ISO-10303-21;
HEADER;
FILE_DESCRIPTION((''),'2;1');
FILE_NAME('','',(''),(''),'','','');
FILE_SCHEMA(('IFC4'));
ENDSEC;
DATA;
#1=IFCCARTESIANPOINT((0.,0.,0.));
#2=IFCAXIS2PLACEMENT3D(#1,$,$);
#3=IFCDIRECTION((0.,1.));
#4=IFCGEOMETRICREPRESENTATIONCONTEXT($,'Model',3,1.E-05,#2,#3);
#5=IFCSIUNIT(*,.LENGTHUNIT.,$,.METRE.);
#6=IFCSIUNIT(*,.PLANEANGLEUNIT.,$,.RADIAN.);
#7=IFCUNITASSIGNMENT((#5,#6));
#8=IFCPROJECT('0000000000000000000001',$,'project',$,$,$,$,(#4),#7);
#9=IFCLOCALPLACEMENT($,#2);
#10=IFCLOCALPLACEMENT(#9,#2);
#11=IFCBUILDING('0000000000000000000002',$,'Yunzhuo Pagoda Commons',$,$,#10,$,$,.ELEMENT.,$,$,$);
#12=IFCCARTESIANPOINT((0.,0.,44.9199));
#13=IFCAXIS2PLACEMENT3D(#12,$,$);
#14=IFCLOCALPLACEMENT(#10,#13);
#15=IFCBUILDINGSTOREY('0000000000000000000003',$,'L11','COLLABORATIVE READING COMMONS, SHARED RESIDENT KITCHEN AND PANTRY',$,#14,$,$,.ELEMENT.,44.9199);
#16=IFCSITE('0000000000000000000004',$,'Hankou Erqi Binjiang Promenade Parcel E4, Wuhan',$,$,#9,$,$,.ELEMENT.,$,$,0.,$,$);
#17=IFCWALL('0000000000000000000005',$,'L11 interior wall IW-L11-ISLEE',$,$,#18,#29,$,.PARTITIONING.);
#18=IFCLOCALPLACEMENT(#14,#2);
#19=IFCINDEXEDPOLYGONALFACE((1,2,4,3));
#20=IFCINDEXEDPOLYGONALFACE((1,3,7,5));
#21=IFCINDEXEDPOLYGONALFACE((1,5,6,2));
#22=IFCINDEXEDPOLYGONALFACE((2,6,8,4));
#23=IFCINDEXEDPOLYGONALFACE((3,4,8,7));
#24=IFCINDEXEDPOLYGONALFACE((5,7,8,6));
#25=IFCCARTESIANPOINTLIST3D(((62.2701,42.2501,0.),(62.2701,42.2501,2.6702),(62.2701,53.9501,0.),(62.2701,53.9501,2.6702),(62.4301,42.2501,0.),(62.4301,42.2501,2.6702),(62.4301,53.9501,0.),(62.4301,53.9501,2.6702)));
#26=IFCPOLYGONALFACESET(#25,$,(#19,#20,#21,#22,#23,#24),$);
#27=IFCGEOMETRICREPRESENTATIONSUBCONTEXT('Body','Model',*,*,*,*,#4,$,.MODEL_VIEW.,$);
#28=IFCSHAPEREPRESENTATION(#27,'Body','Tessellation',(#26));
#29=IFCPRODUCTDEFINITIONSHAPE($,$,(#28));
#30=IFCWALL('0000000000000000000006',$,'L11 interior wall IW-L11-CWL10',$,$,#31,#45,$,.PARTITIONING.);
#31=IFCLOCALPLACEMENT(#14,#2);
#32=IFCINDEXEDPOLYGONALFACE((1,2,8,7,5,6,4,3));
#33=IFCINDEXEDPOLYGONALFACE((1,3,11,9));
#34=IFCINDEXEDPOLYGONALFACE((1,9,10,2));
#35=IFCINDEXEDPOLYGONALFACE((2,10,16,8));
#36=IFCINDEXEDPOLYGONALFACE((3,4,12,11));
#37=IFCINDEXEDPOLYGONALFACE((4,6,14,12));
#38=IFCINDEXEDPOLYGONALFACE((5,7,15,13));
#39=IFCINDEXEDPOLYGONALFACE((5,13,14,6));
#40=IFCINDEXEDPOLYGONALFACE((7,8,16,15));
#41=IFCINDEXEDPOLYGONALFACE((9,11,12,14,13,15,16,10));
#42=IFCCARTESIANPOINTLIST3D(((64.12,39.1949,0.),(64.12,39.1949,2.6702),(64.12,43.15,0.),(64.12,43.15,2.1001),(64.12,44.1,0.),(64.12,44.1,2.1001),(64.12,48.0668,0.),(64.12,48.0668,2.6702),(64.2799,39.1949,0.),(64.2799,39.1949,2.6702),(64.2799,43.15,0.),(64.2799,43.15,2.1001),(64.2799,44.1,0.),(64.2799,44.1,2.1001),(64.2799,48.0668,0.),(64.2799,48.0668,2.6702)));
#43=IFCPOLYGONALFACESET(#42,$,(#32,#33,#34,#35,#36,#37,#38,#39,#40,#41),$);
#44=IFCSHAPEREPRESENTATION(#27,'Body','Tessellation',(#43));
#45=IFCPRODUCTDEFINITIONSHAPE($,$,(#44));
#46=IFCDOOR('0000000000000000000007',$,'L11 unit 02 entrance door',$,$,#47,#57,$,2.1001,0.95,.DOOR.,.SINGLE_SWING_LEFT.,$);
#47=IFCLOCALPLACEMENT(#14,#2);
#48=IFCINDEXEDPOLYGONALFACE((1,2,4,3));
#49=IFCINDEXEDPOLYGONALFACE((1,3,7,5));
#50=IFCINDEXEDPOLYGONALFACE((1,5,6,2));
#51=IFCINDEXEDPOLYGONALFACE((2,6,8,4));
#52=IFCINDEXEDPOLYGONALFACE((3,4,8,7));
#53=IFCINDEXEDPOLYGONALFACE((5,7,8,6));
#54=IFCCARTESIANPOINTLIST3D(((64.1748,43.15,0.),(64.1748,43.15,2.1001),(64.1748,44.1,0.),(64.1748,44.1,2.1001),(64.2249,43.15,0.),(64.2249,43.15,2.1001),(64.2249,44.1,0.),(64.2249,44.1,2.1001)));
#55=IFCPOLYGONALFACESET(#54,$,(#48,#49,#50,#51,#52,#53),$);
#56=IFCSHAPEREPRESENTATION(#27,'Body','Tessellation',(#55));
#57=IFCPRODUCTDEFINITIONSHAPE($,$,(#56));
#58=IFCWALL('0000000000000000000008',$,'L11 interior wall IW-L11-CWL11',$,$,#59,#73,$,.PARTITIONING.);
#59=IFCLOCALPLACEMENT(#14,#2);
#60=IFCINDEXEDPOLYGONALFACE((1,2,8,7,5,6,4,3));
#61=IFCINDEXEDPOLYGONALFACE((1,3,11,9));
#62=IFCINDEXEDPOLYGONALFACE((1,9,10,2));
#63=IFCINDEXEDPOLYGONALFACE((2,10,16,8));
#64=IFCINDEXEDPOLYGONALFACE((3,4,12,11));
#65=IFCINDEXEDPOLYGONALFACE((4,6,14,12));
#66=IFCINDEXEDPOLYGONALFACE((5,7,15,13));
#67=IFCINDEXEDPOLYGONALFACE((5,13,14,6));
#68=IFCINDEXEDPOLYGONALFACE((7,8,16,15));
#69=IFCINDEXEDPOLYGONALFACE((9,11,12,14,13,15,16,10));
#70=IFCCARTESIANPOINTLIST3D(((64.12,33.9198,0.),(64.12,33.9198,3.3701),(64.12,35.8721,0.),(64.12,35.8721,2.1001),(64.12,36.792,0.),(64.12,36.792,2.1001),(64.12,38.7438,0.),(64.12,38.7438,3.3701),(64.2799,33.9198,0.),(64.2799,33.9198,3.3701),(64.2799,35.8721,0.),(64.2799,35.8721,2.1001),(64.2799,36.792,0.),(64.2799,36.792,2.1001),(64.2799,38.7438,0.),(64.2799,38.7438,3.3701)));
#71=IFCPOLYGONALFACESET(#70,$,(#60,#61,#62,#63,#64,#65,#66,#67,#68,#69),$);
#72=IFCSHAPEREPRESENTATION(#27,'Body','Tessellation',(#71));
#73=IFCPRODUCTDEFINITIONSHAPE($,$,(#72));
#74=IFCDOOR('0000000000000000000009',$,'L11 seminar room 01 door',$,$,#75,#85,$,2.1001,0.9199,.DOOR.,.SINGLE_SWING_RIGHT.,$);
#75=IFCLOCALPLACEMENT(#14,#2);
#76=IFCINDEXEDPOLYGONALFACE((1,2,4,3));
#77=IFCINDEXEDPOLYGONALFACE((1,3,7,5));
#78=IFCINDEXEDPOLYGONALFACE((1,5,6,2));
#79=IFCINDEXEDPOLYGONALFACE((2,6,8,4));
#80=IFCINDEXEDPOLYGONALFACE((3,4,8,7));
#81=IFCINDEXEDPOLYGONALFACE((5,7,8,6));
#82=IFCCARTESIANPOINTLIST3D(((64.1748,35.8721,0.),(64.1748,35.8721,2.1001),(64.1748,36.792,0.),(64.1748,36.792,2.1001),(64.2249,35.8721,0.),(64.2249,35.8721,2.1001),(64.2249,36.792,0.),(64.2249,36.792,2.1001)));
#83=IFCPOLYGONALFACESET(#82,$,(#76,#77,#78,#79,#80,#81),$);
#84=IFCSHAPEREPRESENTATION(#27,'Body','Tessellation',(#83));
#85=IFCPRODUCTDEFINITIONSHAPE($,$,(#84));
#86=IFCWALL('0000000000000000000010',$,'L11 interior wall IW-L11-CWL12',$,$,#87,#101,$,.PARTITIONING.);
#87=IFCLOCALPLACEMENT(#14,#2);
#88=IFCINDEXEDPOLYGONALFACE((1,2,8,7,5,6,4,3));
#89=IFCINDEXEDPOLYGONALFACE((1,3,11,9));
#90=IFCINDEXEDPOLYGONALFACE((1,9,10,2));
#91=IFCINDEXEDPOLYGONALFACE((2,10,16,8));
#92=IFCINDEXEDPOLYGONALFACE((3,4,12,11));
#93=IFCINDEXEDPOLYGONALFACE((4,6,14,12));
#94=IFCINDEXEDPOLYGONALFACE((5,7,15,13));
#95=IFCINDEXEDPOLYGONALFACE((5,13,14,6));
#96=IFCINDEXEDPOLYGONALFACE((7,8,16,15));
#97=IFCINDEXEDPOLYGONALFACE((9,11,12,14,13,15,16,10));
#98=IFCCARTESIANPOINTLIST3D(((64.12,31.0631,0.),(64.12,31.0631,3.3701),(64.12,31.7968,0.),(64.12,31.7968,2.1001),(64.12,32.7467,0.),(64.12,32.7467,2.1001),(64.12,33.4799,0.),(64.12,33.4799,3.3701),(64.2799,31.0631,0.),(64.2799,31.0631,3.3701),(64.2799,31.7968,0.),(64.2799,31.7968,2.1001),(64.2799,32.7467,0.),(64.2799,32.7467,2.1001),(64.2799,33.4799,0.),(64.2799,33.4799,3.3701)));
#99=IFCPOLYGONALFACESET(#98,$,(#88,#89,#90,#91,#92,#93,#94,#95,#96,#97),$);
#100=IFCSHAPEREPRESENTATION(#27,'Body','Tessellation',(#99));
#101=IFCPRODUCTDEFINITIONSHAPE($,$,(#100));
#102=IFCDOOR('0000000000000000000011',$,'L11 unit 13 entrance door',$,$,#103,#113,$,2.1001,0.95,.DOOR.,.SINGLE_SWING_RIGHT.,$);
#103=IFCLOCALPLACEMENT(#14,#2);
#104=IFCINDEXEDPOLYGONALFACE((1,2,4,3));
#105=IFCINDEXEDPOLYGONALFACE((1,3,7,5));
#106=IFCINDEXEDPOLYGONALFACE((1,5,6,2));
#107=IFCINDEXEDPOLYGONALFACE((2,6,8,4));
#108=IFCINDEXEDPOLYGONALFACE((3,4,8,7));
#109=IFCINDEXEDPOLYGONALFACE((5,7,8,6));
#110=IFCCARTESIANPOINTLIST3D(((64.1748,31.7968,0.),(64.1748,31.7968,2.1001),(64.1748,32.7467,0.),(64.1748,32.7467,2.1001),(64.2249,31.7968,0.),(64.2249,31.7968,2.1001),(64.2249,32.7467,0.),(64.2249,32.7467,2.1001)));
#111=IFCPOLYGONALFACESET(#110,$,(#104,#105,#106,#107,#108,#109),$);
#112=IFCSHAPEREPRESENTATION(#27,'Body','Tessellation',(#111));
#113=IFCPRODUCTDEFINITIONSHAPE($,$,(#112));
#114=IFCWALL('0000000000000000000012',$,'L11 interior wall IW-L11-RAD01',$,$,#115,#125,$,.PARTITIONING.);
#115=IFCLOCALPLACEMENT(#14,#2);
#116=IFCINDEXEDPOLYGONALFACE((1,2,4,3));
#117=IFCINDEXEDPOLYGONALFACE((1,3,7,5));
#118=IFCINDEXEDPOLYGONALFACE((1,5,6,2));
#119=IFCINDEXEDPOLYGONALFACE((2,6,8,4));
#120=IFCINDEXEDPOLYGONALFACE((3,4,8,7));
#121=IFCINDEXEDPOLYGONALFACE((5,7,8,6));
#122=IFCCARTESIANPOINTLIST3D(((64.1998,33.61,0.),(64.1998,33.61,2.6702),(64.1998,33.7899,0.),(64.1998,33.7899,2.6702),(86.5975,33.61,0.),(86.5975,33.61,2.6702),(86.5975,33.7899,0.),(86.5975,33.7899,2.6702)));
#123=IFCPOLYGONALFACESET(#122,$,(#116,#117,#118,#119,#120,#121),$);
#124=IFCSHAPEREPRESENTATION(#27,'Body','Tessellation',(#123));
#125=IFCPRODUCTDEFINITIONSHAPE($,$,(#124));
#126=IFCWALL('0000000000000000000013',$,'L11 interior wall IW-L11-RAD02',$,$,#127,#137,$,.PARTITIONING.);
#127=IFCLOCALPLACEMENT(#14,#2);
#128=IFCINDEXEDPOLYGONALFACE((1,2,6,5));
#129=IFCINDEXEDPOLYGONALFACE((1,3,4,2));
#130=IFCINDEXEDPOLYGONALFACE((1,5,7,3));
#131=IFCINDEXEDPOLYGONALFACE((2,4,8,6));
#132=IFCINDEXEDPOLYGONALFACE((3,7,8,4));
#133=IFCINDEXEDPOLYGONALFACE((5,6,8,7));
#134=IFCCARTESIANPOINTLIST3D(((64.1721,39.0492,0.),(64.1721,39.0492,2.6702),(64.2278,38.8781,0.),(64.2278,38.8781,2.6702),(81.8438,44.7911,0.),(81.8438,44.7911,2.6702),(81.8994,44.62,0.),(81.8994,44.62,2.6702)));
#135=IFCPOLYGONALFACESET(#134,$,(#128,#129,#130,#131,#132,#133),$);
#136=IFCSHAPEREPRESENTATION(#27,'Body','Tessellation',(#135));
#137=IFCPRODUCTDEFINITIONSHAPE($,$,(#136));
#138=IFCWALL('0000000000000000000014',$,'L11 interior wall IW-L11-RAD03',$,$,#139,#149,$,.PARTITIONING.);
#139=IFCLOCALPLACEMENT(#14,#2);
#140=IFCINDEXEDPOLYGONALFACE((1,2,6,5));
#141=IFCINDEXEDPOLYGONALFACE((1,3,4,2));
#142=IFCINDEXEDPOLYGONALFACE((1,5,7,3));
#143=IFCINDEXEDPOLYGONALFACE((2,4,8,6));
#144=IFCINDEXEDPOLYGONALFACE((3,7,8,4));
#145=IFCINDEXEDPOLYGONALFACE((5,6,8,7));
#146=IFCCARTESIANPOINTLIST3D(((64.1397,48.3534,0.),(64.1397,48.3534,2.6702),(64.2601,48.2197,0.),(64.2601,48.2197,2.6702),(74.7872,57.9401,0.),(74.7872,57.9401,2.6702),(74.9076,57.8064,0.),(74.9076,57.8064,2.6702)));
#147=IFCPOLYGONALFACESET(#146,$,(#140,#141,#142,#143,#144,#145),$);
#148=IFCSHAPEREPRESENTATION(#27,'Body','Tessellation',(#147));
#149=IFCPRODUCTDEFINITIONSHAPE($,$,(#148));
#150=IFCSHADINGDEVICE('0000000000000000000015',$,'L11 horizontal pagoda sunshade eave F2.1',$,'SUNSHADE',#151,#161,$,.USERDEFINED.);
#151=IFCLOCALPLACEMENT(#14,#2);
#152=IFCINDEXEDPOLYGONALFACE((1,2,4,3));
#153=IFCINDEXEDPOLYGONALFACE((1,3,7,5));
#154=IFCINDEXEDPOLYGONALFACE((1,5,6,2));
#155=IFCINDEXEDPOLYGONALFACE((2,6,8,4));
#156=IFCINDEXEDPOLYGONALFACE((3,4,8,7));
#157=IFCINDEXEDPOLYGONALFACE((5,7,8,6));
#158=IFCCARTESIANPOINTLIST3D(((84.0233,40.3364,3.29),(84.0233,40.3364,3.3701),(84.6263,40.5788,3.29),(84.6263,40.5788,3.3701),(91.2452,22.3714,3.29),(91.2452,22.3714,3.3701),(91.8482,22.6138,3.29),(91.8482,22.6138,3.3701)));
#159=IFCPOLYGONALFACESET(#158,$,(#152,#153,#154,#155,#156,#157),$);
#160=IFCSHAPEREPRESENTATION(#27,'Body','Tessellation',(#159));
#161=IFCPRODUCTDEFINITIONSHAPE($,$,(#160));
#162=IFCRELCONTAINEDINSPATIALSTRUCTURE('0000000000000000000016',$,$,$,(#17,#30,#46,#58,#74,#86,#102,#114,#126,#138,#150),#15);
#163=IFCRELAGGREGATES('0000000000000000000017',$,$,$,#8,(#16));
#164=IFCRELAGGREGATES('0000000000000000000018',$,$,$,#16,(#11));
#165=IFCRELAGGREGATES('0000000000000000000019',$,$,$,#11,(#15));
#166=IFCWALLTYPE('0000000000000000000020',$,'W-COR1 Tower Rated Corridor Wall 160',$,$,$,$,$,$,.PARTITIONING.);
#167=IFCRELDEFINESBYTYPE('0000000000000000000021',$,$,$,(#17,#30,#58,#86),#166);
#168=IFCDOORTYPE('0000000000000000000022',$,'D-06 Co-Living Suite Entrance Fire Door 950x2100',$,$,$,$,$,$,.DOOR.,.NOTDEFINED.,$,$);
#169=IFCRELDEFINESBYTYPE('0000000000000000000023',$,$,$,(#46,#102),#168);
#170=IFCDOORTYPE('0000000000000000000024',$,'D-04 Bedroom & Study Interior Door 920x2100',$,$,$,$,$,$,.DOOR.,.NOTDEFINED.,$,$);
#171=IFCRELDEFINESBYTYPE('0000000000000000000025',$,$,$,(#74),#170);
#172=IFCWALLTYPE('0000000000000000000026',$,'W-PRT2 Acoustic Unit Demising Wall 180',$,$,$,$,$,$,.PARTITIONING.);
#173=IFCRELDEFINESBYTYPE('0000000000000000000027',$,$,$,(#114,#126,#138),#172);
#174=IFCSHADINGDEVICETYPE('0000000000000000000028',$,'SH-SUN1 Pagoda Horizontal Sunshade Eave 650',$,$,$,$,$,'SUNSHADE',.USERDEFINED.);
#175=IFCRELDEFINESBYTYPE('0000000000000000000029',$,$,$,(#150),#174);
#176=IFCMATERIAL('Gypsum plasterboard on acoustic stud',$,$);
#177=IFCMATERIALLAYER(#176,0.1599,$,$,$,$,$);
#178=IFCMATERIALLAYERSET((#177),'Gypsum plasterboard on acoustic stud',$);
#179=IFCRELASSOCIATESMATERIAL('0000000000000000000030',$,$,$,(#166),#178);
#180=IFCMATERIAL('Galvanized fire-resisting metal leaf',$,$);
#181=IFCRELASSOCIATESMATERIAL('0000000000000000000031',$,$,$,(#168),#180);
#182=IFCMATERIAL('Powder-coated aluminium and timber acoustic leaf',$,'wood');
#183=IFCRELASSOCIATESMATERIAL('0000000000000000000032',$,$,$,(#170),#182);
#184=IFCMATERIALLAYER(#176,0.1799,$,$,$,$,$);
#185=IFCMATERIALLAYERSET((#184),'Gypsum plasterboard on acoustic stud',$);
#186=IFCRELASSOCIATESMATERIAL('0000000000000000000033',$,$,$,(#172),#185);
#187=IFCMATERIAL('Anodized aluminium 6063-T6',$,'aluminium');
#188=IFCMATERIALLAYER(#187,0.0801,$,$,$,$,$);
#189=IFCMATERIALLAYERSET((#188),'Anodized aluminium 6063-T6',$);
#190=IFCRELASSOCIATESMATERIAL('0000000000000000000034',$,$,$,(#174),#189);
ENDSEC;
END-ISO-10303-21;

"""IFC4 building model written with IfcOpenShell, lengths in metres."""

from ifc_helpers import new_model, si_unit, direction, frame, frame_2d, origin, origin_with_axes, origin_2d, place, context, subcontext, project, spatial, rectangle, extrude, source, transform, mapped, material, layer, layer_set, type_object, element, fill, save


model = new_model("IFC4")

# Units and contexts
model_context = context("Model", 3, precision=1e-05, world=origin(), true_north=direction((0.0, 1.0)))
body_context = subcontext(model_context, "Body", "Model", "MODEL_VIEW")
ifc_project = project(units=[si_unit("LENGTHUNIT", "METRE"), si_unit("PLANEANGLEUNIT", "RADIAN")], contexts=[model_context])

# Site, building, storey
site_placement = place(None, origin())
site = spatial("IfcSite", under=ifc_project, at=site_placement, Name="Hankou Erqi Binjiang Promenade Parcel E4, Wuhan", CompositionType="ELEMENT", RefElevation=0.0)
building_placement = place(site_placement, origin())
building = spatial("IfcBuilding", under=site, at=building_placement, Name="Yunzhuo Pagoda Commons", CompositionType="ELEMENT")
storey_placement = place(building_placement, frame((0.0, 0.0, 44.9199)))
storey = spatial("IfcBuildingStorey", under=building, at=storey_placement, Name="L11", Description="COLLABORATIVE READING COMMONS, SHARED RESIDENT KITCHEN AND PANTRY", CompositionType="ELEMENT", Elevation=44.9199)

# Shared definitions
ifc_material_1 = material(Name="Anodized aluminium 6063-T6", Category="aluminium")

# Wall
ifc_material_2 = material(Name="Gypsum plasterboard on acoustic stud")
ifc_layer_1 = layer(ifc_material_2, 0.1599)
ifc_layer_set_1 = layer_set([ifc_layer_1], Name="Gypsum plasterboard on acoustic stud")
wall_type_1 = type_object("IfcWallType", Name="W-COR1 Tower Rated Corridor Wall 160", PredefinedType="PARTITIONING", material=ifc_layer_set_1)
wall_1_placement = place(storey_placement, frame((62.3501, 42.25, 0.0), z_axis=(0.0, 0.0, 1.0), x_axis=(0.0, 1.0, 0.0)))
element("IfcWall", 1, at=wall_1_placement, inside=storey, type_object=wall_type_1, Name="L11 interior wall IW-L11-ISLEE", PredefinedType="PARTITIONING", context=body_context, shape_type="SweptSolid", body=[
    extrude(rectangle(XDim=11.7, YDim=0.1599, at=frame_2d((5.8501, 0.0))), origin(), (0.0, 0.0, 1.0), 2.6702),
])

# Walls, openings, doors
wall_2_placement = place(storey_placement, frame((64.2, 48.0669, 0.0), z_axis=(0.0, 0.0, 1.0), x_axis=(0.0, -1.0, 0.0)))
wall_2 = element("IfcWall", 2, at=wall_2_placement, inside=storey, type_object=wall_type_1, Name="L11 interior wall IW-L11-CWL10", PredefinedType="PARTITIONING", context=body_context, shape_type="SweptSolid", body=[
    extrude(rectangle(XDim=8.8718, YDim=0.1599, at=frame_2d((4.436, 0.0))), origin(), (0.0, 0.0, 1.0), 2.6702),
])
opening_1_placement = place(wall_2_placement, frame((3.9668, 0.0, 0.0)))
opening_1 = element("IfcOpeningElement", 3, at=opening_1_placement, cuts=wall_2, PredefinedType="OPENING", context=body_context, shape_type="SweptSolid", body=[
    extrude(rectangle(XDim=0.95, YDim=2.1001, at=frame_2d((0.4751, 1.05))), frame((0.0, 0.0898, 0.0), z_axis=(0.0, -1.0, 0.0), x_axis=(1.0, 0.0, 0.0)), (0.0, 0.0, 1.0), 0.1799),
])
ifc_material_3 = material(Name="Galvanized fire-resisting metal leaf")
door_type_1 = type_object("IfcDoorType", Name="D-06 Co-Living Suite Entrance Fire Door 950x2100", OperationType="NOTDEFINED", PredefinedType="DOOR", material=ifc_material_3)
shared_shape_1 = source(origin(), body_context, "Body", "SweptSolid", [
    extrude(rectangle(XDim=0.95, YDim=2.1001, at=frame_2d((0.4751, 1.05))), frame((0.0, 0.0249, 0.0), z_axis=(0.0, -1.0, 0.0), x_axis=(1.0, 0.0, 0.0)), (0.0, 0.0, 1.0), 0.05),
])
door_1_placement = place(opening_1_placement, origin_with_axes())
door_1 = element("IfcDoor", 4, at=door_1_placement, inside=storey, type_object=door_type_1, Name="L11 unit 02 entrance door", OperationType="SINGLE_SWING_LEFT", OverallHeight=2.1001, OverallWidth=0.95, PredefinedType="DOOR", context=body_context, shape_type="MappedRepresentation", body=[
    mapped(shared_shape_1, transform((0.0, 0.0, 0.0), scale=1.0)),
])
fill(opening_1, door_1)
wall_3_placement = place(storey_placement, frame((64.2, 38.7439, 0.0), z_axis=(0.0, 0.0, 1.0), x_axis=(0.0, -1.0, 0.0)))
wall_3 = element("IfcWall", 5, at=wall_3_placement, inside=storey, type_object=wall_type_1, Name="L11 interior wall IW-L11-CWL11", PredefinedType="PARTITIONING", context=body_context, shape_type="SweptSolid", body=[
    extrude(rectangle(XDim=4.824, YDim=0.1599, at=frame_2d((2.4121, 0.0))), origin(), (0.0, 0.0, 1.0), 3.3701),
])
opening_2_placement = place(wall_3_placement, frame((1.9519, 0.0, 0.0)))
opening_2 = element("IfcOpeningElement", 6, at=opening_2_placement, cuts=wall_3, PredefinedType="OPENING", context=body_context, shape_type="SweptSolid", body=[
    extrude(rectangle(XDim=0.9199, YDim=2.1001, at=frame_2d((0.46, 1.05))), frame((0.0, 0.0898, 0.0), z_axis=(0.0, -1.0, 0.0), x_axis=(1.0, 0.0, 0.0)), (0.0, 0.0, 1.0), 0.1799),
])
ifc_material_4 = material(Name="Powder-coated aluminium and timber acoustic leaf", Category="wood")
door_type_2 = type_object("IfcDoorType", Name="D-04 Bedroom & Study Interior Door 920x2100", OperationType="NOTDEFINED", PredefinedType="DOOR", material=ifc_material_4)
shared_shape_2 = source(origin(), body_context, "Body", "SweptSolid", [
    extrude(rectangle(XDim=0.9199, YDim=2.1001, at=frame_2d((0.46, 1.05))), frame((0.0, 0.0249, 0.0), z_axis=(0.0, -1.0, 0.0), x_axis=(1.0, 0.0, 0.0)), (0.0, 0.0, 1.0), 0.05),
])
door_2_placement = place(opening_2_placement, origin_with_axes())
door_2 = element("IfcDoor", 7, at=door_2_placement, inside=storey, type_object=door_type_2, Name="L11 seminar room 01 door", OperationType="SINGLE_SWING_RIGHT", OverallHeight=2.1001, OverallWidth=0.9199, PredefinedType="DOOR", context=body_context, shape_type="MappedRepresentation", body=[
    mapped(shared_shape_2, transform((0.0, 0.0, 0.0), scale=1.0)),
])
fill(opening_2, door_2)
wall_4_placement = place(storey_placement, frame((64.2, 33.48, 0.0), z_axis=(0.0, 0.0, 1.0), x_axis=(0.0, -1.0, 0.0)))
wall_4 = element("IfcWall", 8, at=wall_4_placement, inside=storey, type_object=wall_type_1, Name="L11 interior wall IW-L11-CWL12", PredefinedType="PARTITIONING", context=body_context, shape_type="SweptSolid", body=[
    extrude(rectangle(XDim=2.4167, YDim=0.1599, at=frame_2d((1.2085, 0.0))), origin(), (0.0, 0.0, 1.0), 3.3701),
])
opening_3_placement = place(wall_4_placement, frame((0.7332, 0.0, 0.0)))
opening_3 = element("IfcOpeningElement", 9, at=opening_3_placement, cuts=wall_4, PredefinedType="OPENING", context=body_context, shape_type="SweptSolid", body=[
    extrude(rectangle(XDim=0.95, YDim=2.1001, at=frame_2d((0.4751, 1.05))), frame((0.0, 0.0898, 0.0), z_axis=(0.0, -1.0, 0.0), x_axis=(1.0, 0.0, 0.0)), (0.0, 0.0, 1.0), 0.1799),
])
door_3_placement = place(opening_3_placement, origin_with_axes())
door_3 = element("IfcDoor", 10, at=door_3_placement, inside=storey, type_object=door_type_1, Name="L11 unit 13 entrance door", OperationType="SINGLE_SWING_RIGHT", OverallHeight=2.1001, OverallWidth=0.95, PredefinedType="DOOR", context=body_context, shape_type="MappedRepresentation", body=[
    mapped(shared_shape_1, transform((0.0, 0.0, 0.0), scale=1.0)),
])
fill(opening_3, door_3)

# Walls
ifc_layer_2 = layer(ifc_material_2, 0.1799)
ifc_layer_set_2 = layer_set([ifc_layer_2], Name="Gypsum plasterboard on acoustic stud")
wall_type_2 = type_object("IfcWallType", Name="W-PRT2 Acoustic Unit Demising Wall 180", PredefinedType="PARTITIONING", material=ifc_layer_set_2)
wall_5_placement = place(storey_placement, frame((64.2, 33.7, 0.0), z_axis=(0.0, 0.0, 1.0), x_axis=(1.0, 0.0, 0.0)))
element("IfcWall", 11, at=wall_5_placement, inside=storey, type_object=wall_type_2, Name="L11 interior wall IW-L11-RAD01", PredefinedType="PARTITIONING", context=body_context, shape_type="SweptSolid", body=[
    extrude(rectangle(XDim=22.3977, YDim=0.1799, at=frame_2d((11.1987, 0.0))), origin(), (0.0, 0.0, 1.0), 2.6702),
])
wall_6_placement = place(storey_placement, frame((64.2, 38.9636, 0.0), z_axis=(0.0, 0.0, 1.0), x_axis=(0.951055, 0.309021, 0.0)))
element("IfcWall", 12, at=wall_6_placement, inside=storey, type_object=wall_type_2, Name="L11 interior wall IW-L11-RAD02", PredefinedType="PARTITIONING", context=body_context, shape_type="SweptSolid", body=[
    extrude(rectangle(XDim=18.5811, YDim=0.1799, at=frame_2d((9.2905, 0.0))), origin(), (0.0, 0.0, 1.0), 2.6702),
])
wall_7_placement = place(storey_placement, frame((64.2, 48.2866, 0.0), z_axis=(0.0, 0.0, 1.0), x_axis=(0.743157, 0.669117, 0.0)))
element("IfcWall", 13, at=wall_7_placement, inside=storey, type_object=wall_type_2, Name="L11 interior wall IW-L11-RAD03", PredefinedType="PARTITIONING", context=body_context, shape_type="SweptSolid", body=[
    extrude(rectangle(XDim=14.3274, YDim=0.1799, at=frame_2d((7.1636, 0.0))), origin(), (0.0, 0.0, 1.0), 2.6702),
])

# Shading device
ifc_layer_3 = layer(ifc_material_1, 0.0801)
ifc_layer_set_3 = layer_set([ifc_layer_3], Name="Anodized aluminium 6063-T6")
shading_device_type = type_object("IfcShadingDeviceType", Name="SH-SUN1 Pagoda Horizontal Sunshade Eave 650", ElementType="SUNSHADE", PredefinedType="USERDEFINED", material=ifc_layer_set_3)
shared_shape_3 = source(origin(), body_context, "Body", "SweptSolid", [
    extrude(rectangle(XDim=19.3623, YDim=0.6499, at=origin_2d()), origin(), (0.0, 0.0, 1.0), 0.0801),
])
shading_device_placement = place(storey_placement, frame((87.9358, 31.4751, 3.29), z_axis=(0.0, 0.0, 1.0), x_axis=(-0.372988, 0.927836, 0.0)))
element("IfcShadingDevice", 14, at=shading_device_placement, inside=storey, type_object=shading_device_type, Name="L11 horizontal pagoda sunshade eave F2.1", ObjectType="SUNSHADE", PredefinedType="USERDEFINED", context=body_context, shape_type="MappedRepresentation", body=[
    mapped(shared_shape_3, transform((0.0, 0.0, 0.0), scale=1.0)),
])

save(model, "model.ifc")
